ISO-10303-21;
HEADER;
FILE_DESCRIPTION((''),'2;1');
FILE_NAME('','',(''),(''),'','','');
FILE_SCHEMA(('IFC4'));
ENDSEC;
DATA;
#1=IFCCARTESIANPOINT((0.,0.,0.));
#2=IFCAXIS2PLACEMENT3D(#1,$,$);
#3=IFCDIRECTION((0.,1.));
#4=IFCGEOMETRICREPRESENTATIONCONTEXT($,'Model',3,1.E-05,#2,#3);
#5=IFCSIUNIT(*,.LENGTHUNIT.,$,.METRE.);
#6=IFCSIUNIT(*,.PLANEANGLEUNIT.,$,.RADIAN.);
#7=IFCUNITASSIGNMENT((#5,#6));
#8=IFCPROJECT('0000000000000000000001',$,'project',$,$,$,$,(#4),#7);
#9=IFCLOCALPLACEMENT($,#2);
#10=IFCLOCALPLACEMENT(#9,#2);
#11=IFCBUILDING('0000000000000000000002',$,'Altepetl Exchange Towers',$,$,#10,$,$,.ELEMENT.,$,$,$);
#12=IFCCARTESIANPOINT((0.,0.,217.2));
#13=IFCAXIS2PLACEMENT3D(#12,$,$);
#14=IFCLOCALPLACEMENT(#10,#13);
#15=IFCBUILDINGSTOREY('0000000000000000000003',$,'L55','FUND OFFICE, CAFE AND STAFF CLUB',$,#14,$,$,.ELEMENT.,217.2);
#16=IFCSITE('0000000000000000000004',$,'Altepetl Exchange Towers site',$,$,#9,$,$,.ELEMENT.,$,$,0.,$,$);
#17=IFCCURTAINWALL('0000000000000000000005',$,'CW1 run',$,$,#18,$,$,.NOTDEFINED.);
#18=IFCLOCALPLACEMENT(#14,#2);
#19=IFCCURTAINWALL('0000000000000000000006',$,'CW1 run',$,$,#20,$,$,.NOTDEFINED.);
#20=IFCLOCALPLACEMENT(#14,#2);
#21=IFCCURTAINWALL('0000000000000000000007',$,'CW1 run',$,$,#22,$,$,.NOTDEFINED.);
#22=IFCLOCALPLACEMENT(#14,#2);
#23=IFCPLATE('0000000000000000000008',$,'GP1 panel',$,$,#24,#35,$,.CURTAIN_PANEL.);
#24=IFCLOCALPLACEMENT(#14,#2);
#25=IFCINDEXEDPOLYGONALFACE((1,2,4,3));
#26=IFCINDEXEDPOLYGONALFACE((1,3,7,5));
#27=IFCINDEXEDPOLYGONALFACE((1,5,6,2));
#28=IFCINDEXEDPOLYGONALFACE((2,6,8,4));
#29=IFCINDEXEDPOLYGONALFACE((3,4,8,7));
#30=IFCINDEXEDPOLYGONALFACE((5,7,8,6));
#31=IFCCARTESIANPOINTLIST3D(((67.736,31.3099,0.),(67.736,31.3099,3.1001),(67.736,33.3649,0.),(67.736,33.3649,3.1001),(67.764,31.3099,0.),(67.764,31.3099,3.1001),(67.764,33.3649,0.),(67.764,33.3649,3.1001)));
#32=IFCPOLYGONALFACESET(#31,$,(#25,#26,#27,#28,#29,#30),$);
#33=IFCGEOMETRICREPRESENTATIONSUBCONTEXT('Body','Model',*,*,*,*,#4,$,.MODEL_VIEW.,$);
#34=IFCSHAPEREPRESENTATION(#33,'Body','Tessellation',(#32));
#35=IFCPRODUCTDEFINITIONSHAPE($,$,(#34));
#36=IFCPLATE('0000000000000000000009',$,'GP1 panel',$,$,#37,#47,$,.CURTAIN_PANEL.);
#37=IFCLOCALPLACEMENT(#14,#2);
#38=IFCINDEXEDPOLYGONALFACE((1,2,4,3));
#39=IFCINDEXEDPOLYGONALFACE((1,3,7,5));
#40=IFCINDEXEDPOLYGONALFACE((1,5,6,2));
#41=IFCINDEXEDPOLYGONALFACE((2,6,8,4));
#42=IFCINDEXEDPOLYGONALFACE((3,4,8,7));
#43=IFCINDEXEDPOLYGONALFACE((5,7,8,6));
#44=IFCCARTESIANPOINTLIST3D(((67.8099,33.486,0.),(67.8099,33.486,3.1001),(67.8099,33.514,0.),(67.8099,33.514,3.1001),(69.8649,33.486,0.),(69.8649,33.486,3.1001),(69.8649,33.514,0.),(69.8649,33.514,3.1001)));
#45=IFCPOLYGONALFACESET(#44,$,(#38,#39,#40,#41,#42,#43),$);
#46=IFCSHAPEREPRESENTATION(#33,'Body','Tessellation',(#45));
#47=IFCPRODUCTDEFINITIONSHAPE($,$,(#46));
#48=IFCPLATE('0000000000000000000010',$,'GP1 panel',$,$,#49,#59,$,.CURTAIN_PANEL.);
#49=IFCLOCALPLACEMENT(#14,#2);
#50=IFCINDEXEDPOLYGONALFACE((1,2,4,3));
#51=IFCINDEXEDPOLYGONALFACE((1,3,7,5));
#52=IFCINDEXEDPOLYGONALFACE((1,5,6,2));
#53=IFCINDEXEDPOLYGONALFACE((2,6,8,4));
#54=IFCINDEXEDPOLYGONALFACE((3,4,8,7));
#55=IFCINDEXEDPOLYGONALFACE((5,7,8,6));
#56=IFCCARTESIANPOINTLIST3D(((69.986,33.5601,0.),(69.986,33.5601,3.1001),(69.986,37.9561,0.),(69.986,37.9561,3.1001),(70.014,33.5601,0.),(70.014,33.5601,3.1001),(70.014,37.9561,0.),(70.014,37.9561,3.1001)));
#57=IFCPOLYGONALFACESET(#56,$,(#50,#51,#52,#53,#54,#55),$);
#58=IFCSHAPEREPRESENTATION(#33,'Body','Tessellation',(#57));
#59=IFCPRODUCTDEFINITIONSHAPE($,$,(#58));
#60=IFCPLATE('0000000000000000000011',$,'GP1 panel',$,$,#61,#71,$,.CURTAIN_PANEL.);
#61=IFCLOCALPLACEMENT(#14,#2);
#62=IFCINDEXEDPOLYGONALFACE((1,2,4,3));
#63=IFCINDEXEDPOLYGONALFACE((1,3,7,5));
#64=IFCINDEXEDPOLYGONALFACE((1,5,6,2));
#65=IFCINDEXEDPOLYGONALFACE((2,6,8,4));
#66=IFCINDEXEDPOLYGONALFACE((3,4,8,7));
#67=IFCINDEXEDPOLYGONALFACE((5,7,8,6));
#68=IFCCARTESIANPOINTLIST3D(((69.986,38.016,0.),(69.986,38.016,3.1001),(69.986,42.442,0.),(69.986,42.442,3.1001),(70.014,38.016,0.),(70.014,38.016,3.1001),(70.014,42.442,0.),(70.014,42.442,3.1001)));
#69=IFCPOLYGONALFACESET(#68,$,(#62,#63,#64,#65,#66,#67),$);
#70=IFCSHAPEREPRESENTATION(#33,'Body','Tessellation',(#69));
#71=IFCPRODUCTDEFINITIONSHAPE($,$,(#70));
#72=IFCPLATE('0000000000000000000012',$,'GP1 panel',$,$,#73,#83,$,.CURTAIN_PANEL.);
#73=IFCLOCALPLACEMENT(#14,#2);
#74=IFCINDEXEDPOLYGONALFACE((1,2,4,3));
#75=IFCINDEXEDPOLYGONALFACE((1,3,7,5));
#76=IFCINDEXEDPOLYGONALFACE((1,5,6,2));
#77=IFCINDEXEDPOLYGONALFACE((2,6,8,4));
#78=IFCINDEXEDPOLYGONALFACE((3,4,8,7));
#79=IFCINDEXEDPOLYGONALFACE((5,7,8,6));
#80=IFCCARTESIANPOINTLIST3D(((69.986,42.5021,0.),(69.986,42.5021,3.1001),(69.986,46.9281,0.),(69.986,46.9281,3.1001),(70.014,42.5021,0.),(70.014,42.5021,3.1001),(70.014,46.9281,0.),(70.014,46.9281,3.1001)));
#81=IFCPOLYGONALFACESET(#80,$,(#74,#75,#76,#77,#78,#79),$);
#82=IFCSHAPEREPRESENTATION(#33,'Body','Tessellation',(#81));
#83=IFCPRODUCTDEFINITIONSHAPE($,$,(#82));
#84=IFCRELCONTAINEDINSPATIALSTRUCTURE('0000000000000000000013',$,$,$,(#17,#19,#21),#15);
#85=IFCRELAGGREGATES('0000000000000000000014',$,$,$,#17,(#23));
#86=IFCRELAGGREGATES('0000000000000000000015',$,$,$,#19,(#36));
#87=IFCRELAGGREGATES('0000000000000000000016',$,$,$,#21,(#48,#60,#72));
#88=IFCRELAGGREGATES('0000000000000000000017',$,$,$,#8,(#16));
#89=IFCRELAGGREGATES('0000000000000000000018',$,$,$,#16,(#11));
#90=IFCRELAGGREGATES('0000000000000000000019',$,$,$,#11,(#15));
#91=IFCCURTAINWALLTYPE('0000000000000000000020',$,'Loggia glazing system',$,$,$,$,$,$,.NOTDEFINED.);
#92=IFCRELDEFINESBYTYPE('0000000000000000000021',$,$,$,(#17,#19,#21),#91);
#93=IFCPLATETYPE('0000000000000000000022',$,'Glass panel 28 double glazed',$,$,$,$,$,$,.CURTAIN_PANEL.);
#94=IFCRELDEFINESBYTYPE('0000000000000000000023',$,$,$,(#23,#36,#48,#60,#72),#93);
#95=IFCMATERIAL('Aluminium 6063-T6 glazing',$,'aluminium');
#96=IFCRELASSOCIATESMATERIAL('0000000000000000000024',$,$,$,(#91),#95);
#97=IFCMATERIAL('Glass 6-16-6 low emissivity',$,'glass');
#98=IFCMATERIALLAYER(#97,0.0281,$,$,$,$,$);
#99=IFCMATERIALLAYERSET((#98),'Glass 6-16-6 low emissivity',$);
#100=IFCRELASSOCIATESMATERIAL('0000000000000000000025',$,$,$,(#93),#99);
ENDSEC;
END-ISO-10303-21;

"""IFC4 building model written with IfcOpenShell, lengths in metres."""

from ifc_helpers import new_model, si_unit, direction, frame, origin, origin_2d, place, context, subcontext, project, spatial, rectangle, extrude, material, layer, layer_set, type_object, element, aggregate, save


model = new_model("IFC4")

# Units and contexts
model_context = context("Model", 3, precision=1e-05, world=origin(), true_north=direction((0.0, 1.0)))
body_context = subcontext(model_context, "Body", "Model", "MODEL_VIEW")
ifc_project = project(units=[si_unit("LENGTHUNIT", "METRE"), si_unit("PLANEANGLEUNIT", "RADIAN")], contexts=[model_context])

# Site, building, storey
site_placement = place(None, origin())
site = spatial("IfcSite", under=ifc_project, at=site_placement, Name="Altepetl Exchange Towers site", CompositionType="ELEMENT", RefElevation=0.0)
building_placement = place(site_placement, origin())
building = spatial("IfcBuilding", under=site, at=building_placement, Name="Altepetl Exchange Towers", CompositionType="ELEMENT")
storey_placement = place(building_placement, frame((0.0, 0.0, 217.2)))
storey = spatial("IfcBuildingStorey", under=building, at=storey_placement, Name="L55", Description="FUND OFFICE, CAFE AND STAFF CLUB", CompositionType="ELEMENT", Elevation=217.2)

# Curtain wall
ifc_material_1 = material(Name="Aluminium 6063-T6 glazing", Category="aluminium")
curtain_wall_type = type_object("IfcCurtainWallType", Name="Loggia glazing system", PredefinedType="NOTDEFINED", material=ifc_material_1)
curtain_wall_1_placement = place(storey_placement, origin())
curtain_wall_1 = element("IfcCurtainWall", 1, at=curtain_wall_1_placement, inside=storey, type_object=curtain_wall_type, Name="CW1 run", PredefinedType="NOTDEFINED")

# Curtain walls
curtain_wall_2_placement = place(storey_placement, origin())
curtain_wall_2 = element("IfcCurtainWall", 2, at=curtain_wall_2_placement, inside=storey, type_object=curtain_wall_type, Name="CW1 run", PredefinedType="NOTDEFINED")
curtain_wall_3_placement = place(storey_placement, origin())
curtain_wall_3 = element("IfcCurtainWall", 3, at=curtain_wall_3_placement, inside=storey, type_object=curtain_wall_type, Name="CW1 run", PredefinedType="NOTDEFINED")

# Plates
ifc_material_2 = material(Name="Glass 6-16-6 low emissivity", Category="glass")
ifc_layer = layer(ifc_material_2, 0.0281)
ifc_layer_set = layer_set([ifc_layer], Name="Glass 6-16-6 low emissivity")
plate_type = type_object("IfcPlateType", Name="Glass panel 28 double glazed", PredefinedType="CURTAIN_PANEL", material=ifc_layer_set)
plate_1_placement = place(storey_placement, frame((67.75, 32.3374, 0.0), z_axis=(0.0, 0.0, 1.0), x_axis=(0.0, 1.0, 0.0)))
plate_1 = element("IfcPlate", 4, at=plate_1_placement, type_object=plate_type, Name="GP1 panel", PredefinedType="CURTAIN_PANEL", context=body_context, shape_type="SweptSolid", body=[
    extrude(rectangle(XDim=2.0549, YDim=0.0281, at=origin_2d()), origin(), (0.0, 0.0, 1.0), 3.1001),
])
aggregate(curtain_wall_1, [plate_1])
plate_2_placement = place(storey_placement, frame((68.8374, 33.5, 0.0)))
plate_2 = element("IfcPlate", 5, at=plate_2_placement, type_object=plate_type, Name="GP1 panel", PredefinedType="CURTAIN_PANEL", context=body_context, shape_type="SweptSolid", body=[
    extrude(rectangle(XDim=2.0549, YDim=0.0281, at=origin_2d()), origin(), (0.0, 0.0, 1.0), 3.1001),
])
aggregate(curtain_wall_2, [plate_2])
plate_3_placement = place(storey_placement, frame((70.0, 35.7581, 0.0), z_axis=(0.0, 0.0, 1.0), x_axis=(0.0, 1.0, 0.0)))
plate_3 = element("IfcPlate", 6, at=plate_3_placement, type_object=plate_type, Name="GP1 panel", PredefinedType="CURTAIN_PANEL", context=body_context, shape_type="SweptSolid", body=[
    extrude(rectangle(XDim=4.396, YDim=0.0281, at=origin_2d()), origin(), (0.0, 0.0, 1.0), 3.1001),
])
plate_4_placement = place(storey_placement, frame((70.0, 40.229, 0.0), z_axis=(0.0, 0.0, 1.0), x_axis=(0.0, 1.0, 0.0)))
plate_4 = element("IfcPlate", 7, at=plate_4_placement, type_object=plate_type, Name="GP1 panel", PredefinedType="CURTAIN_PANEL", context=body_context, shape_type="SweptSolid", body=[
    extrude(rectangle(XDim=4.426, YDim=0.0281, at=origin_2d()), origin(), (0.0, 0.0, 1.0), 3.1001),
])
plate_5_placement = place(storey_placement, frame((70.0, 44.7151, 0.0), z_axis=(0.0, 0.0, 1.0), x_axis=(0.0, 1.0, 0.0)))
plate_5 = element("IfcPlate", 8, at=plate_5_placement, type_object=plate_type, Name="GP1 panel", PredefinedType="CURTAIN_PANEL", context=body_context, shape_type="SweptSolid", body=[
    extrude(rectangle(XDim=4.426, YDim=0.0281, at=origin_2d()), origin(), (0.0, 0.0, 1.0), 3.1001),
])
aggregate(curtain_wall_3, [plate_3, plate_4, plate_5])

save(model, "model.ifc")
